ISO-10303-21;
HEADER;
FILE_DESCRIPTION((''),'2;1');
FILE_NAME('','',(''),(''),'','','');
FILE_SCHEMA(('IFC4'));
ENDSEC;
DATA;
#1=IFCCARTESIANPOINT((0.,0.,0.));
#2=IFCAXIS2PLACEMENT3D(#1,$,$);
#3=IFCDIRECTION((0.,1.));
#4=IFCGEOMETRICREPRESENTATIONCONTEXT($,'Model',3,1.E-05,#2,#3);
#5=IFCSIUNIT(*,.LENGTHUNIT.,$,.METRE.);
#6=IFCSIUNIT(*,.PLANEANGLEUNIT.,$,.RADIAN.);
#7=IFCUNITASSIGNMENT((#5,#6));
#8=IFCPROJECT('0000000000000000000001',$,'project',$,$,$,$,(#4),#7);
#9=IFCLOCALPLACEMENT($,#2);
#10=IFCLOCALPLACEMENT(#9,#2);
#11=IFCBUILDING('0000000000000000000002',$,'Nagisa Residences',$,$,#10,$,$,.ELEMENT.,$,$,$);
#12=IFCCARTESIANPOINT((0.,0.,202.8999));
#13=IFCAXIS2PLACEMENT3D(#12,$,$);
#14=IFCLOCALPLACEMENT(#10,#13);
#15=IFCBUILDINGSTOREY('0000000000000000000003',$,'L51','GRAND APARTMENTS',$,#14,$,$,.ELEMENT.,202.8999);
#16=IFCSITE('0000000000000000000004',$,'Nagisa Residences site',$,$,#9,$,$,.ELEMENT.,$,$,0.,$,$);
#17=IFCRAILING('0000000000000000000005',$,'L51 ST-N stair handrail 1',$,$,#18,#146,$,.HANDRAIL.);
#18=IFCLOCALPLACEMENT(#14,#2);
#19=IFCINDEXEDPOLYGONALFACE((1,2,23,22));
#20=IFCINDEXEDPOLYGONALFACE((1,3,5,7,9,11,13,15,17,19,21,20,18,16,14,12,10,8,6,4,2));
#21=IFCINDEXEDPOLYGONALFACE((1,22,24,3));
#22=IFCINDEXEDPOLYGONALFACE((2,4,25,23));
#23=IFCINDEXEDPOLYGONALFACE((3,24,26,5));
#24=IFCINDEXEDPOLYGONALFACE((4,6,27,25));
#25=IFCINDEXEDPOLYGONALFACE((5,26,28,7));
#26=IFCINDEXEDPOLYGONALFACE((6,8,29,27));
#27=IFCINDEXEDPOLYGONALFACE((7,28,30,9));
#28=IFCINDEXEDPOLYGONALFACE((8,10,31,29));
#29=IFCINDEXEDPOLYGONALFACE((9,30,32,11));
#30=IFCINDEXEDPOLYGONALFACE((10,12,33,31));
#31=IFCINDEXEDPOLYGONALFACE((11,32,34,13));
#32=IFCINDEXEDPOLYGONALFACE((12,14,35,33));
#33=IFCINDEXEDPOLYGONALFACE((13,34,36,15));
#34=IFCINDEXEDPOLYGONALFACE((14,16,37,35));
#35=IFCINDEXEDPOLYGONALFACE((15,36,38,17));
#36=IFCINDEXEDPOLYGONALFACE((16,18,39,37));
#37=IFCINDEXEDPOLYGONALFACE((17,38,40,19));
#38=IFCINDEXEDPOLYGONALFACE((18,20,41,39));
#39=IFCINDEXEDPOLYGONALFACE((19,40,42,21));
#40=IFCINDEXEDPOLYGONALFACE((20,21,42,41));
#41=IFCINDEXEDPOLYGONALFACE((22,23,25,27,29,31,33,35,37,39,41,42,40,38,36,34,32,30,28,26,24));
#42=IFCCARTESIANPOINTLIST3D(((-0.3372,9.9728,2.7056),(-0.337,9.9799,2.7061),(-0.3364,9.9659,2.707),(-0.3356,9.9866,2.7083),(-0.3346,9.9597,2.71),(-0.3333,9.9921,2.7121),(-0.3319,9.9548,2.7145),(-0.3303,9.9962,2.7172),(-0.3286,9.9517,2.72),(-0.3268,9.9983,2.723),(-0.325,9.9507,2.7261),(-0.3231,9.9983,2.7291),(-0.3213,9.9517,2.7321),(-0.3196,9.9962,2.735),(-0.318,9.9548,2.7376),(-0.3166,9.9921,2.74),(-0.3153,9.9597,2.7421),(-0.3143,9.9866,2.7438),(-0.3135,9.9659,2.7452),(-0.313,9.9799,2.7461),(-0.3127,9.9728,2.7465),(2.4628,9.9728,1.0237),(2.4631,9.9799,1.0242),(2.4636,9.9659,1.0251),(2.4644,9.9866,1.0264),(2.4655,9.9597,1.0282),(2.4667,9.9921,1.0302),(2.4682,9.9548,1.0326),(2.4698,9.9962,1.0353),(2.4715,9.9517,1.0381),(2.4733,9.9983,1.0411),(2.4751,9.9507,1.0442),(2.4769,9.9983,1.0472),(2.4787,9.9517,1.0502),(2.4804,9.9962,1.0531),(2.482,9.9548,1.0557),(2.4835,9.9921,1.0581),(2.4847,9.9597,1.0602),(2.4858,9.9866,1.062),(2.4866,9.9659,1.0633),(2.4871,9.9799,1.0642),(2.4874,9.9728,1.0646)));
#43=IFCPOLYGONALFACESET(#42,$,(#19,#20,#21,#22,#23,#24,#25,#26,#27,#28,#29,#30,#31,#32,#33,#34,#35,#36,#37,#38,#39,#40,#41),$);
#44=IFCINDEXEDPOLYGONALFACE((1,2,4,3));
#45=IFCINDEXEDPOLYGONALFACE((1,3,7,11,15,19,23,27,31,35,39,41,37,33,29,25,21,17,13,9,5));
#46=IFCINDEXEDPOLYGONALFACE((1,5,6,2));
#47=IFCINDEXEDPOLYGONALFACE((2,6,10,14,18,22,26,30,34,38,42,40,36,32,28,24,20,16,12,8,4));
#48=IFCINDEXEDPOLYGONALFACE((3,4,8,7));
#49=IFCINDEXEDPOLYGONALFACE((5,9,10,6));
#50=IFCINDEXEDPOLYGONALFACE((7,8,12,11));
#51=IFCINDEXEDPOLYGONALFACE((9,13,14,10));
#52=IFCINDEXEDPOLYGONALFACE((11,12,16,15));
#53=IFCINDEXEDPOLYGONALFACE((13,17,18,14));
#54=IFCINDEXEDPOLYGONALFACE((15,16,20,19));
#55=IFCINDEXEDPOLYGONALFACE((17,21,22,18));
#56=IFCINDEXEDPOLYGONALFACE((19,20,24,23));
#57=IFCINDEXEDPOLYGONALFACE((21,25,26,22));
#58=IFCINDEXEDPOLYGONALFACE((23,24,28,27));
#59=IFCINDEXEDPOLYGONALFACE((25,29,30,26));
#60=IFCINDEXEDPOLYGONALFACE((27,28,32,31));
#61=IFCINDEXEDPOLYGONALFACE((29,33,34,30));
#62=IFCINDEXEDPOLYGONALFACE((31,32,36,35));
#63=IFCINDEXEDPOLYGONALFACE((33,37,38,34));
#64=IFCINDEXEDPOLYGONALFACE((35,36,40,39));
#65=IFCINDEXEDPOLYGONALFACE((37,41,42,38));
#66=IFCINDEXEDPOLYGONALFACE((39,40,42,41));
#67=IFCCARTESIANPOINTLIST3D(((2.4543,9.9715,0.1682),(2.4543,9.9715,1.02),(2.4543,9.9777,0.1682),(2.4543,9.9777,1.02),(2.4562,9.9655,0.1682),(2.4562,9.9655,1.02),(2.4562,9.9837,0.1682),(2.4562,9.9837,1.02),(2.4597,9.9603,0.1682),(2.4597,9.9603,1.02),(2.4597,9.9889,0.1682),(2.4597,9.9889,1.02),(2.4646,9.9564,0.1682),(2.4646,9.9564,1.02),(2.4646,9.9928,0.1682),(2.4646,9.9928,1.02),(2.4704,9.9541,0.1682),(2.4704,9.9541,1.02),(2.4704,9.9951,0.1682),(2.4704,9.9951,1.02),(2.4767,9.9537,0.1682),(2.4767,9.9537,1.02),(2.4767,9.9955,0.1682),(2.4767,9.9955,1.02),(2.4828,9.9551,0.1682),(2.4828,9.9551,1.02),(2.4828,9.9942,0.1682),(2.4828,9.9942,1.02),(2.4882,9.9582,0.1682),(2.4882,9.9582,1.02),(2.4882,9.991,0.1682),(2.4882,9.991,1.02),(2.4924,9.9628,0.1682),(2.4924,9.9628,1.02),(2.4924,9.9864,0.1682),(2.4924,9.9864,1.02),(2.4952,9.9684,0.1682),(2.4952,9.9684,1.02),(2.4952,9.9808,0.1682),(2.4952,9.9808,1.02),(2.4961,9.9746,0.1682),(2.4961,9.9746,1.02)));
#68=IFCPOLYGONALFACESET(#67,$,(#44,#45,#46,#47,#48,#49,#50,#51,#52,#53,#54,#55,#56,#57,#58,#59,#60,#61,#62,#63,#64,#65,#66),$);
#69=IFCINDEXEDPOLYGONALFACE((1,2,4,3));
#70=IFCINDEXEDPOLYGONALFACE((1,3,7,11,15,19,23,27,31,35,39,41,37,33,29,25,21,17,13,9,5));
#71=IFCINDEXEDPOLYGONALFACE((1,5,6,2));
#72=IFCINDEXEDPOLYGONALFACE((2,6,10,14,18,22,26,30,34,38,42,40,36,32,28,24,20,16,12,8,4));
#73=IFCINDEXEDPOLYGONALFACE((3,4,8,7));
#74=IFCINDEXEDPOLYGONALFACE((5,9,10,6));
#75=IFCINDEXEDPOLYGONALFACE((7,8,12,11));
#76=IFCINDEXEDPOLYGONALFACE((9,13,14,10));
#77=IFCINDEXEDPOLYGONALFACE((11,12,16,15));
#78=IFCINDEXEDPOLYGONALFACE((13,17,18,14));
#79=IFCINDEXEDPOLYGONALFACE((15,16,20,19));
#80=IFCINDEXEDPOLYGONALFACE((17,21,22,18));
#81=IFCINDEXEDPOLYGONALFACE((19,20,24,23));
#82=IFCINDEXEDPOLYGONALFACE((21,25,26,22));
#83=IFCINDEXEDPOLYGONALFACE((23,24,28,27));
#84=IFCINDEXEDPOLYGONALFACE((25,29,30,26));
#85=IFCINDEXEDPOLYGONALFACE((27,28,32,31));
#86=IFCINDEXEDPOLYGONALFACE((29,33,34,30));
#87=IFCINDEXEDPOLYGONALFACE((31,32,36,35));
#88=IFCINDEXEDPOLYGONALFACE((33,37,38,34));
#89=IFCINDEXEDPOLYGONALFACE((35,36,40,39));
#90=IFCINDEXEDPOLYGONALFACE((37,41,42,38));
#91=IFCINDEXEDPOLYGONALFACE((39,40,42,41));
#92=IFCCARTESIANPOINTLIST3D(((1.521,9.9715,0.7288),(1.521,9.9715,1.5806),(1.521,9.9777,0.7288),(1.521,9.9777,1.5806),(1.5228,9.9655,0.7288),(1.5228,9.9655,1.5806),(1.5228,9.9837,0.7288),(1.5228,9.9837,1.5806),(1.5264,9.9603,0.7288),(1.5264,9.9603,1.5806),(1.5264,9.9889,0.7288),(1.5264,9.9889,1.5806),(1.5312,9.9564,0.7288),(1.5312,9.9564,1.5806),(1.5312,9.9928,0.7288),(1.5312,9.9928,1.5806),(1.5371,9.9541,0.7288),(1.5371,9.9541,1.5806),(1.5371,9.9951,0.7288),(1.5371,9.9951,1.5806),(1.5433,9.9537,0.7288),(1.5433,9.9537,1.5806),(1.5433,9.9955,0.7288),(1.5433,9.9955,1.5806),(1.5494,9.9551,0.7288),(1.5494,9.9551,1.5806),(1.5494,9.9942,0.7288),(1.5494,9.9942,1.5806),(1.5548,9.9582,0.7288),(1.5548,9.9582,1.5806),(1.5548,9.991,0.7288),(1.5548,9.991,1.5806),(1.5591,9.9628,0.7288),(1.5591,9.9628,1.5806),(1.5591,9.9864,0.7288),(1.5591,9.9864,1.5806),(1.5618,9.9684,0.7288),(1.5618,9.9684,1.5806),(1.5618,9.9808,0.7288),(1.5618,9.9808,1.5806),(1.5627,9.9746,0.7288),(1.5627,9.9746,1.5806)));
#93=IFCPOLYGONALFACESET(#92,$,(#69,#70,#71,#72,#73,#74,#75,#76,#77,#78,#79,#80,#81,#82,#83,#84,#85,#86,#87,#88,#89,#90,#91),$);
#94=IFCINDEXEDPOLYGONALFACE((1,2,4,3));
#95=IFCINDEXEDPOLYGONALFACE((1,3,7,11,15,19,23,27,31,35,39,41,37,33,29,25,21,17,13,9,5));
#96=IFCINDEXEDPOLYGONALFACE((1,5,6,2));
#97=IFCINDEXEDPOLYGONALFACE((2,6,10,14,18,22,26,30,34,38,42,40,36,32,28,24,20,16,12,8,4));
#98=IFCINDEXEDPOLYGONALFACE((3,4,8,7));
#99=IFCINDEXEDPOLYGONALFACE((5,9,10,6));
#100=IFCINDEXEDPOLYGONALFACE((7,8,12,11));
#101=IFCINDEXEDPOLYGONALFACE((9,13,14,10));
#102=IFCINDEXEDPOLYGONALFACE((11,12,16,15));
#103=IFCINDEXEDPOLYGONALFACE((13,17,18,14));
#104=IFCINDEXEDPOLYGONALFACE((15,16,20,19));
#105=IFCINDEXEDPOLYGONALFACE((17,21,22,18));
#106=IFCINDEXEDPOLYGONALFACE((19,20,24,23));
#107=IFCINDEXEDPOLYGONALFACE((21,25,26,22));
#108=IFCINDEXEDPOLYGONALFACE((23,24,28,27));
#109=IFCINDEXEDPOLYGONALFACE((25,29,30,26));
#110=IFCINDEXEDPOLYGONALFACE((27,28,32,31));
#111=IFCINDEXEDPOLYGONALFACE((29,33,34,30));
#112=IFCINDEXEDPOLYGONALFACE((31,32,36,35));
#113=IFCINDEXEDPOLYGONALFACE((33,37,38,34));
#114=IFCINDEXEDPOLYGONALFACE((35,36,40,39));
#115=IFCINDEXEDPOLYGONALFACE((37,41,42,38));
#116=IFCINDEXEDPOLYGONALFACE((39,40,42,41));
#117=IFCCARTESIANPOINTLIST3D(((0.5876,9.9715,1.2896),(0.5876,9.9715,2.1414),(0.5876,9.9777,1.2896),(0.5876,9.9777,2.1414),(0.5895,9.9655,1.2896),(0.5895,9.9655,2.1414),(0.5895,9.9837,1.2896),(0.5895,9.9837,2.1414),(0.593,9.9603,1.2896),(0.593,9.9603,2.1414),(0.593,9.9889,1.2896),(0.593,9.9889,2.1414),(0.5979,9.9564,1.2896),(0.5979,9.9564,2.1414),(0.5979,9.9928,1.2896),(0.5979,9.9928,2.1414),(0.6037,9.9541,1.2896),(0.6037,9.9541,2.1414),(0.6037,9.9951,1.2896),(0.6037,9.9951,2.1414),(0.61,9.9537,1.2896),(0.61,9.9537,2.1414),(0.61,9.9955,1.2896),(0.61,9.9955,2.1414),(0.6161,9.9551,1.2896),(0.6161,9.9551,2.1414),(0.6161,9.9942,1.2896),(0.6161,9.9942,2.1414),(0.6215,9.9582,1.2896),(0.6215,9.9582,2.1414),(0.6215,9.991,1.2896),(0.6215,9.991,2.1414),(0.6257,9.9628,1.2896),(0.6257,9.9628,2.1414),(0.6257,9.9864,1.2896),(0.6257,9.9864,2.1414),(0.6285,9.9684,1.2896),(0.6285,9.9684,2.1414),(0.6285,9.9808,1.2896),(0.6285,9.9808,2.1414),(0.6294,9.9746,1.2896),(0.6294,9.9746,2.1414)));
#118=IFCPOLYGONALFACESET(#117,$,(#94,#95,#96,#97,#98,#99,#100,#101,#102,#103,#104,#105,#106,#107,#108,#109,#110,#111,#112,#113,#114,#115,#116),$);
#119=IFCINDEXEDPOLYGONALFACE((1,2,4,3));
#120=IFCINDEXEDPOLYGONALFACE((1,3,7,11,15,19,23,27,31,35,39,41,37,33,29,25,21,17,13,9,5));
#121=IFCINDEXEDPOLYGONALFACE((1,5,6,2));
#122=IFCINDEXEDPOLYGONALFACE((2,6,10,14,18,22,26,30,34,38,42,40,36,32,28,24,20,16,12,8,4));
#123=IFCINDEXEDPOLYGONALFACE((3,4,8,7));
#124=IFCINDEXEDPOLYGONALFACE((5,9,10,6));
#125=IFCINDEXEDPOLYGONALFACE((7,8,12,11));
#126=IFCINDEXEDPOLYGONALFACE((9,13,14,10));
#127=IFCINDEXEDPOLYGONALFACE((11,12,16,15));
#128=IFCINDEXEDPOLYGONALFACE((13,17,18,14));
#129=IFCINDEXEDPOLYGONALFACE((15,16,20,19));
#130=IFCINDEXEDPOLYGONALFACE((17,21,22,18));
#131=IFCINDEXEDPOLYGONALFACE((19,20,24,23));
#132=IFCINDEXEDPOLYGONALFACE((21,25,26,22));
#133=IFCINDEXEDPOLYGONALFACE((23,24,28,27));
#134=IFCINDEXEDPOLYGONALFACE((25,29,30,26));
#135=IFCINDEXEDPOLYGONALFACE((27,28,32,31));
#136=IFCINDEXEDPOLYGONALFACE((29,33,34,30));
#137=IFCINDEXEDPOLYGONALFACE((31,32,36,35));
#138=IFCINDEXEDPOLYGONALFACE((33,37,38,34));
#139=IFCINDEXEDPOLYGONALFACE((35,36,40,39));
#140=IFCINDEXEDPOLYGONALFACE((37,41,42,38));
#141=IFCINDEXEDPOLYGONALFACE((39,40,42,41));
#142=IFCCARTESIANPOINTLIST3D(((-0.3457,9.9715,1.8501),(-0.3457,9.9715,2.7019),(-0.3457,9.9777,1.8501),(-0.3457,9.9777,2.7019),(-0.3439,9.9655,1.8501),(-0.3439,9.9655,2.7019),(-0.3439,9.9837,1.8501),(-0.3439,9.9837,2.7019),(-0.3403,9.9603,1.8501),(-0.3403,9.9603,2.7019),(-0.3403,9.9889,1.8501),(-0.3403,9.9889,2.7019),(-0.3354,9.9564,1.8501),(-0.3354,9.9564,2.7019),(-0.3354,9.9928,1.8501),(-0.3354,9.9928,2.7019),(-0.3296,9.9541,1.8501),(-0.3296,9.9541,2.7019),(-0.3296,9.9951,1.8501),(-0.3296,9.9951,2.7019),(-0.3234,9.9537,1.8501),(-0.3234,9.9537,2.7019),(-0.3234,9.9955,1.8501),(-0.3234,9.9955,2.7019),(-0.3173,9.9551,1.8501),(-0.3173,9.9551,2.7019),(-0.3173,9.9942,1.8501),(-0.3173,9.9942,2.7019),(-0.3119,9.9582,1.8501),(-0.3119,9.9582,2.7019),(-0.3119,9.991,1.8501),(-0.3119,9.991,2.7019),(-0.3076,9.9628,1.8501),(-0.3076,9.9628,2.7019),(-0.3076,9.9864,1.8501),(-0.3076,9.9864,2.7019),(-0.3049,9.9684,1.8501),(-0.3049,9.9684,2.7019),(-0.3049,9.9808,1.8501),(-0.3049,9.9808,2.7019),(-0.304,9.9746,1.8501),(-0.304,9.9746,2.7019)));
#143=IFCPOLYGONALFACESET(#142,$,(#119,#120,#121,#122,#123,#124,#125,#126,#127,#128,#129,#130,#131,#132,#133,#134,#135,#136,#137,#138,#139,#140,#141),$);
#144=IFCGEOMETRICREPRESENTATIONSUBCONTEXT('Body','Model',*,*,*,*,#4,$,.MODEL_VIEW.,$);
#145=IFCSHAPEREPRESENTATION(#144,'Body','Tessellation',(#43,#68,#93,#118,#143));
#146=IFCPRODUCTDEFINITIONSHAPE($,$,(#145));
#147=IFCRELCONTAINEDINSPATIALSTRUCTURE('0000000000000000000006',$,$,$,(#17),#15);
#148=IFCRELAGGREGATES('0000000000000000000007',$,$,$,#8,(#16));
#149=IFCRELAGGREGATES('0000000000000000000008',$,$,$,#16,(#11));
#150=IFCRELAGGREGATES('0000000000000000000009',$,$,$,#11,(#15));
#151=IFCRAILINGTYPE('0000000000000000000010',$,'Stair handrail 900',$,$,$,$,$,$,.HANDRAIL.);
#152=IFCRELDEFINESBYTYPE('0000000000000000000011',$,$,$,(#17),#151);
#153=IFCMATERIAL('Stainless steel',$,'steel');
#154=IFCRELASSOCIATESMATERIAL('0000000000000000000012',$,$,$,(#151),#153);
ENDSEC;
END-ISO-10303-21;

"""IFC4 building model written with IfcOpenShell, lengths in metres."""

from ifc_helpers import new_model, si_unit, direction, frame, origin, origin_2d, place, context, subcontext, project, spatial, circle, extrude, material, type_object, element, save


model = new_model("IFC4")

# Units and contexts
model_context = context("Model", 3, precision=1e-05, world=origin(), true_north=direction((0.0, 1.0)))
body_context = subcontext(model_context, "Body", "Model", "MODEL_VIEW")
ifc_project = project(units=[si_unit("LENGTHUNIT", "METRE"), si_unit("PLANEANGLEUNIT", "RADIAN")], contexts=[model_context])

# Site, building, storey
site_placement = place(None, origin())
site = spatial("IfcSite", under=ifc_project, at=site_placement, Name="Nagisa Residences site", CompositionType="ELEMENT", RefElevation=0.0)
building_placement = place(site_placement, origin())
building = spatial("IfcBuilding", under=site, at=building_placement, Name="Nagisa Residences", CompositionType="ELEMENT")
storey_placement = place(building_placement, frame((0.0, 0.0, 202.8999)))
storey = spatial("IfcBuildingStorey", under=building, at=storey_placement, Name="L51", Description="GRAND APARTMENTS", CompositionType="ELEMENT", Elevation=202.8999)

# Railing
ifc_material_1 = material(Name="Stainless steel", Category="steel")
railing_type_1 = type_object("IfcRailingType", Name="Stair handrail 900", PredefinedType="HANDRAIL", material=ifc_material_1)
railing_1_placement = place(storey_placement, frame((2.4751, 9.9746, 0.1682)))
element("IfcRailing", 1, at=railing_1_placement, inside=storey, type_object=railing_type_1, Name="L51 ST-N stair handrail 1", PredefinedType="HANDRAIL", context=body_context, shape_type="SweptSolid", body=[
    extrude(circle(Radius=0.0239, at=origin_2d()), frame((0.0, 0.0, 0.876), z_axis=(-0.857242, 0.0, 0.514913), x_axis=(0.0, -1.0, 0.0)), (0.0, 0.0, 1.0), 3.2664),
    extrude(circle(Radius=0.021, at=origin_2d()), origin(), (0.0, 0.0, 1.0), 0.8518),
    extrude(circle(Radius=0.021, at=origin_2d()), frame((-0.9333, 0.0, 0.5605)), (0.0, 0.0, 1.0), 0.8518),
    extrude(circle(Radius=0.021, at=origin_2d()), frame((-1.8667, 0.0, 1.1213)), (0.0, 0.0, 1.0), 0.8518),
    extrude(circle(Radius=0.021, at=origin_2d()), frame((-2.8, 0.0, 1.6819)), (0.0, 0.0, 1.0), 0.8518),
])

save(model, "model.ifc")
